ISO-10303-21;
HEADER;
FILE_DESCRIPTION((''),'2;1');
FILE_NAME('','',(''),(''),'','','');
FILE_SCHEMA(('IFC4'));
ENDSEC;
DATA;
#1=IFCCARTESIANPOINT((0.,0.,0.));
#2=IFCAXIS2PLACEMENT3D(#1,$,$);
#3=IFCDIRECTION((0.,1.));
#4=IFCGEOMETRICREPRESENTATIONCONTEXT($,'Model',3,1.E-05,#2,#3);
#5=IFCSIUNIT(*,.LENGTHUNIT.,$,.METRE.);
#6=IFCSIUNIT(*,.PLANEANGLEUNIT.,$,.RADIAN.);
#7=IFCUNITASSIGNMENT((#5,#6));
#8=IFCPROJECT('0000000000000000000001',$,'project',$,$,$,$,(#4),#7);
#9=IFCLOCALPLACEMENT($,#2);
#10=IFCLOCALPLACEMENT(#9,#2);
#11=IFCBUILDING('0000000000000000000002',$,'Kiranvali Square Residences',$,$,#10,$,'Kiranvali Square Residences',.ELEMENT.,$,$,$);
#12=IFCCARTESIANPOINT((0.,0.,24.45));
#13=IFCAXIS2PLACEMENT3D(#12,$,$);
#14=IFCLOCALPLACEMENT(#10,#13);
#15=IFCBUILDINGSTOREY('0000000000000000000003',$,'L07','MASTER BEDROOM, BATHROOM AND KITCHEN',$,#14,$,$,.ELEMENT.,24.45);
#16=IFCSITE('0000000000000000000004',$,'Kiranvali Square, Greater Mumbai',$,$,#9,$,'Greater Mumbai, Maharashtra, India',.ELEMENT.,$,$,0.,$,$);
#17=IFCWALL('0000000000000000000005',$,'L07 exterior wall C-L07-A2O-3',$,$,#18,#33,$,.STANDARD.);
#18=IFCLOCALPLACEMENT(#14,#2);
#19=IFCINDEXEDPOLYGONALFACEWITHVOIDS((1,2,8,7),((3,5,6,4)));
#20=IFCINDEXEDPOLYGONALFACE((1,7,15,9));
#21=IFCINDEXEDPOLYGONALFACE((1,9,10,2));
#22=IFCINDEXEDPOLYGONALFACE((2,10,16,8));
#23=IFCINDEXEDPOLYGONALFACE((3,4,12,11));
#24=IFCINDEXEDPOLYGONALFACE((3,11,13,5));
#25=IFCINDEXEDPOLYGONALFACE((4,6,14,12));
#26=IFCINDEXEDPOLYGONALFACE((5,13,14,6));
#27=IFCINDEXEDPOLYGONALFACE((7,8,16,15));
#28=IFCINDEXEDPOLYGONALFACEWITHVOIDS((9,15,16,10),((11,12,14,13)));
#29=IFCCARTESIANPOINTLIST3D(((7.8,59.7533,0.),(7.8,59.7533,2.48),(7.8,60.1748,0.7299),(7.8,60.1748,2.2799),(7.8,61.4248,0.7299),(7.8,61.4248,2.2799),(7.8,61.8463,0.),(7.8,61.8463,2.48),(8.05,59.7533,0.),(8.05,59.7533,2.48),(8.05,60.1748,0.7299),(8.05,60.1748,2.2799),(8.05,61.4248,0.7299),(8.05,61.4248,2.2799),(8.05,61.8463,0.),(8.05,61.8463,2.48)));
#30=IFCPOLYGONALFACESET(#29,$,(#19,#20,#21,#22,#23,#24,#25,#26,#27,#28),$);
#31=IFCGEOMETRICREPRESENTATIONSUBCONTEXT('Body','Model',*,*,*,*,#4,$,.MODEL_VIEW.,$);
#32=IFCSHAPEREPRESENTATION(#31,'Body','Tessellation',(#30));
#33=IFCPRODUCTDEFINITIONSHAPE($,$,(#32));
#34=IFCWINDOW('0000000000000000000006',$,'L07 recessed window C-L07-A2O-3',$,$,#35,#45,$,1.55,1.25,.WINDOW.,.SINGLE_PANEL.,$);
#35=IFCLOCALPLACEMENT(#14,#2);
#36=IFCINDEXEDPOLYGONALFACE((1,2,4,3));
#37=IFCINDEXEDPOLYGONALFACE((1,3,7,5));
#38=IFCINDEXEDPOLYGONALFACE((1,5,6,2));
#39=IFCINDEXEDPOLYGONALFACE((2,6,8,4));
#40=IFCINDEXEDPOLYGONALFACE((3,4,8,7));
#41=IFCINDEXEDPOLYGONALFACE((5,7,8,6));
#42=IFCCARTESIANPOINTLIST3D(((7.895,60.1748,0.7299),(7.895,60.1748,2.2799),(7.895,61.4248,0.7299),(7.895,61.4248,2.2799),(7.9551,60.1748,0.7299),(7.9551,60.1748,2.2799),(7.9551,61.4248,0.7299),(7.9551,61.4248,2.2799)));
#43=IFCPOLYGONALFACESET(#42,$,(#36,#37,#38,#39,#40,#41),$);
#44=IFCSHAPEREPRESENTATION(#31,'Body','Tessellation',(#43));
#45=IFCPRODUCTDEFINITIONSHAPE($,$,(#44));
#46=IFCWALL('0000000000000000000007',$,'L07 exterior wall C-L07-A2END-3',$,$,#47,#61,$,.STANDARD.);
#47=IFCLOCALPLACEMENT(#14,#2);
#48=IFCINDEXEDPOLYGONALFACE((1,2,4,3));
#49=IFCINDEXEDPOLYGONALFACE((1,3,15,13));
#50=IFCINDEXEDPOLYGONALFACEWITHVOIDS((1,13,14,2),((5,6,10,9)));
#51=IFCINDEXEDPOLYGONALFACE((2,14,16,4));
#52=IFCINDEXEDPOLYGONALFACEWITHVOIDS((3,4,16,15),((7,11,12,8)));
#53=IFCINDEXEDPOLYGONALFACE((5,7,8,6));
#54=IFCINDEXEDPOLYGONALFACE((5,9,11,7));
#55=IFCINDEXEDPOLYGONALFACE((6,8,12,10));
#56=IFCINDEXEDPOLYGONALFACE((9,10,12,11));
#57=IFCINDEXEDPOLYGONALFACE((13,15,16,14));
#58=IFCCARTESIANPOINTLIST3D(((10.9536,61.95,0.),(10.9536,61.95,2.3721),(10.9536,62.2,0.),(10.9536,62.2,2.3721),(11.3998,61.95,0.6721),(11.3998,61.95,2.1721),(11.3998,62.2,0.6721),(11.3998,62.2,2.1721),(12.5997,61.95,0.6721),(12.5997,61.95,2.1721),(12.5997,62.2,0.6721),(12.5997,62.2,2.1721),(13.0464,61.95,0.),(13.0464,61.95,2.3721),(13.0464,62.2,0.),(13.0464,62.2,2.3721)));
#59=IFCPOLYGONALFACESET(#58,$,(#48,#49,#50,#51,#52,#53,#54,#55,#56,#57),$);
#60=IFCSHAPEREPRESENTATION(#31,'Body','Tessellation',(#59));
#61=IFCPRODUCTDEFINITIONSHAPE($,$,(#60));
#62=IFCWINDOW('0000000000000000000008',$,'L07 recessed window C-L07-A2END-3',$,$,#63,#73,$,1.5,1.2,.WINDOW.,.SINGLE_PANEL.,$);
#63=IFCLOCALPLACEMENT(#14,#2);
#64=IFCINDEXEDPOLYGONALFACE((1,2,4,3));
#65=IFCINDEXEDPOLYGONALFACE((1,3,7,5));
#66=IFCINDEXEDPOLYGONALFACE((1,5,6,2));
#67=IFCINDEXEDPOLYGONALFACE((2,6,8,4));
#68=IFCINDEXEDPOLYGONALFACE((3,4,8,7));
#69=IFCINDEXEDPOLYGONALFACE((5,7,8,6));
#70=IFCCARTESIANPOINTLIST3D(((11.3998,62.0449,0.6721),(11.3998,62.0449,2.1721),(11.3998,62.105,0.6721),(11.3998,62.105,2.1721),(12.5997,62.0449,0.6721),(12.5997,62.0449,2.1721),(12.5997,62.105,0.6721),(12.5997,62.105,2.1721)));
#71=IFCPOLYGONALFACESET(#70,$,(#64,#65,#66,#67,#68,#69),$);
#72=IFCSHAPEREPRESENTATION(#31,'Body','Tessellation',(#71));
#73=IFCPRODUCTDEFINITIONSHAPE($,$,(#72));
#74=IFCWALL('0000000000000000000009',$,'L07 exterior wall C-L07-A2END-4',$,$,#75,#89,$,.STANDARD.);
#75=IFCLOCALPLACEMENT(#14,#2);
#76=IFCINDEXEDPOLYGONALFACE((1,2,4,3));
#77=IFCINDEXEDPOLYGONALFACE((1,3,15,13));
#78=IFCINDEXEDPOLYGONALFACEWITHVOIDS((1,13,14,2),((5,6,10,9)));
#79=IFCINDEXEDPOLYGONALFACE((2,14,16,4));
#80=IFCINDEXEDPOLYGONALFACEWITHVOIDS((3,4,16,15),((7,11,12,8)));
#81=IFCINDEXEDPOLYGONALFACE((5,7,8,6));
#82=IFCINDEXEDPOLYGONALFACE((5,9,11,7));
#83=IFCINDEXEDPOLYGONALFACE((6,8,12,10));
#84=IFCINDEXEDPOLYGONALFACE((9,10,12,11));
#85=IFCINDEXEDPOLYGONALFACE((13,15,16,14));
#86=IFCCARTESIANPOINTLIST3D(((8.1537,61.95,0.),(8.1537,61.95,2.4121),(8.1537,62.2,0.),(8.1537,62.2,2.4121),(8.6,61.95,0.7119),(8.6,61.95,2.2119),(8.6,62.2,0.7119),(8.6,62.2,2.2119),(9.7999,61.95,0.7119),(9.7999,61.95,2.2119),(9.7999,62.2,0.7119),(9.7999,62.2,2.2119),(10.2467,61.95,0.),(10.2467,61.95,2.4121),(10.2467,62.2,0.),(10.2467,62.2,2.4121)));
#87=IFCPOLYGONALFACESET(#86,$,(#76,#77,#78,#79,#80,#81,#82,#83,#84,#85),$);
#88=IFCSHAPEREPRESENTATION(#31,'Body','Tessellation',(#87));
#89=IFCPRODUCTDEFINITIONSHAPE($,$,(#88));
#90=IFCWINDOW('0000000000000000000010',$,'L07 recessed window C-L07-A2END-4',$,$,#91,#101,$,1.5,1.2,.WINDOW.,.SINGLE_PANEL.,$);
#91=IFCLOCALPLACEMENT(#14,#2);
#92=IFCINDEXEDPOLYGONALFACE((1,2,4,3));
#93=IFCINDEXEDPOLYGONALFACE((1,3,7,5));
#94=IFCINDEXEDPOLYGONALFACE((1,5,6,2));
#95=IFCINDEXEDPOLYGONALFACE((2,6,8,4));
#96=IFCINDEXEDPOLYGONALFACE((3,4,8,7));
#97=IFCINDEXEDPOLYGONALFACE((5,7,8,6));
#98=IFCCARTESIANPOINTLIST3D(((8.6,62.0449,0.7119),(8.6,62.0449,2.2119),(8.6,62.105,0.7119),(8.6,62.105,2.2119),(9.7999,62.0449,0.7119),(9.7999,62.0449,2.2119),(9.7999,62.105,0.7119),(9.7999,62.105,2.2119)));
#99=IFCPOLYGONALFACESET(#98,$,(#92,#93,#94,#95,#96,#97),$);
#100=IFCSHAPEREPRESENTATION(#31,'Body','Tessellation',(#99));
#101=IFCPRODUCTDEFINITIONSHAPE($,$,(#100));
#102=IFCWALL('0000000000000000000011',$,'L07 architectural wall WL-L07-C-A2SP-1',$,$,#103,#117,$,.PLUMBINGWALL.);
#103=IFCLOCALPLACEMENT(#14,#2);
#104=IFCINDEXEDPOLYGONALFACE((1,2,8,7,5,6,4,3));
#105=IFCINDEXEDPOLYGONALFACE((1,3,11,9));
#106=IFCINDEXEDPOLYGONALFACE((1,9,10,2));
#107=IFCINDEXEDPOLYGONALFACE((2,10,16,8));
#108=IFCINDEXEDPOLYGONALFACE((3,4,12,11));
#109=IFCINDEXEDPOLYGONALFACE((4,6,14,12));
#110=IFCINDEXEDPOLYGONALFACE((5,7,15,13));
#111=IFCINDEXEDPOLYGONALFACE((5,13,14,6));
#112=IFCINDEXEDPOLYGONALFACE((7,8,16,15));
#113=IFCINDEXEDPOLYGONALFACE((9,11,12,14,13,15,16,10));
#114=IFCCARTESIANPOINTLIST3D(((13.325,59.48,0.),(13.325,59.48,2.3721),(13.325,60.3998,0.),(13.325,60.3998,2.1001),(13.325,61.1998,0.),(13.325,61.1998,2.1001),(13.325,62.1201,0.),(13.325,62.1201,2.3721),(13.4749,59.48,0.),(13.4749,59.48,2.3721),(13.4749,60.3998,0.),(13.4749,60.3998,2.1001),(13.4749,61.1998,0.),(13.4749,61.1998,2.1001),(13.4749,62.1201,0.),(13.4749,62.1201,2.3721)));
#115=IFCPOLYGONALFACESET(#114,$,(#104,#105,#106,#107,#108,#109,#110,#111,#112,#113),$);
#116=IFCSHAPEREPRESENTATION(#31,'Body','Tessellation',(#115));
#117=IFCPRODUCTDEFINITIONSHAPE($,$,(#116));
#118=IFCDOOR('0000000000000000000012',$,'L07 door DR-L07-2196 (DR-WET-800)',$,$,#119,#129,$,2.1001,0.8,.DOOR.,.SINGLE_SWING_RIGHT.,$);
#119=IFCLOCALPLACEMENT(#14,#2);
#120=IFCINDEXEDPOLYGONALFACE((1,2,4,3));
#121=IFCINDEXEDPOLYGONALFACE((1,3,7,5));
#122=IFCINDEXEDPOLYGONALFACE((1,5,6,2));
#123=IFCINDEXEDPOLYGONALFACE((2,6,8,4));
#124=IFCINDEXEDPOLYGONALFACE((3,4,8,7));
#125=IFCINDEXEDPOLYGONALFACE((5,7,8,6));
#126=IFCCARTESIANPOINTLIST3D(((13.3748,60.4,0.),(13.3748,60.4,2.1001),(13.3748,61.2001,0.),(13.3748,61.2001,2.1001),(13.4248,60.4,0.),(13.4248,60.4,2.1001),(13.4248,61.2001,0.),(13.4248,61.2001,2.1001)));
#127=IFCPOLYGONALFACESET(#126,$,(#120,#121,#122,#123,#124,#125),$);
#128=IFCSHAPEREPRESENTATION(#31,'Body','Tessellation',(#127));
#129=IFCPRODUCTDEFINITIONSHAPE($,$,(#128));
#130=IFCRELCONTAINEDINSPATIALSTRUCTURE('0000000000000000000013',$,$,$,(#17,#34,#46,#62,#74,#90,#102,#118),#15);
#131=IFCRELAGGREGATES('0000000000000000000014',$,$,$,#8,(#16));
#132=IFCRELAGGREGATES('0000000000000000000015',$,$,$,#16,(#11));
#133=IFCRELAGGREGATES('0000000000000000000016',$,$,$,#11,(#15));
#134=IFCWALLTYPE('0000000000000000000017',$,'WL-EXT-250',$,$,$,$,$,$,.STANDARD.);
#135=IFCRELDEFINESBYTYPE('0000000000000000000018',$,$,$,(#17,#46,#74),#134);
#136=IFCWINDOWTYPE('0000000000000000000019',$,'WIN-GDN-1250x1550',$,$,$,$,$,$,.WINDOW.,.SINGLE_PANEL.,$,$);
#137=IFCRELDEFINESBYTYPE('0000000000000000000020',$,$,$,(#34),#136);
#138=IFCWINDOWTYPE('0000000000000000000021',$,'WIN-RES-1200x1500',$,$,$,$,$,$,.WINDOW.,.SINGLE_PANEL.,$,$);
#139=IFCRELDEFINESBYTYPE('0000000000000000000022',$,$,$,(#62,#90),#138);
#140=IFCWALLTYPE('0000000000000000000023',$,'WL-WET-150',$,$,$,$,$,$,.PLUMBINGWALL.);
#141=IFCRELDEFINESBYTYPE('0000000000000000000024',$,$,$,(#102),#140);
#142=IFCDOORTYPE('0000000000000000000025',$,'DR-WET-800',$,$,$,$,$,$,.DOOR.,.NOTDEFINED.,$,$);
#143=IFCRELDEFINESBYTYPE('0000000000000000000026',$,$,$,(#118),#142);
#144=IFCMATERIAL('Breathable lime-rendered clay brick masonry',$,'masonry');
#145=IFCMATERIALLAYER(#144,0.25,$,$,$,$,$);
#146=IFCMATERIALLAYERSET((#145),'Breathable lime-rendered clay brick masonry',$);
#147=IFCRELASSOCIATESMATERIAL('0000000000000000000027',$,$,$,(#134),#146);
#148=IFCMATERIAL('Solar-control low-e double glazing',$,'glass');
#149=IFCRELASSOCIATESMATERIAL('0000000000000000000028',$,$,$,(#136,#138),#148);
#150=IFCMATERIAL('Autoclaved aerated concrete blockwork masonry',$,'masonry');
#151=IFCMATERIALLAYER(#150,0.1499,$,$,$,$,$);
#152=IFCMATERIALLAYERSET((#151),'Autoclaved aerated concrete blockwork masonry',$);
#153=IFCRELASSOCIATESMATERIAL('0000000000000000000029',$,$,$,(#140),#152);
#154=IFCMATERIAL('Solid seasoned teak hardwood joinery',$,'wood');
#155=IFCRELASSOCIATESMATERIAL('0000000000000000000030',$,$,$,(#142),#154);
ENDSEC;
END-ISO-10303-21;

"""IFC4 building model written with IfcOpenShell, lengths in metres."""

from ifc_helpers import new_model, si_unit, direction, frame, frame_2d, origin, place, context, subcontext, project, spatial, rectangle, extrude, material, layer, layer_set, type_object, element, fill, save


model = new_model("IFC4")

# Units and contexts
model_context = context("Model", 3, precision=1e-05, world=origin(), true_north=direction((0.0, 1.0)))
body_context = subcontext(model_context, "Body", "Model", "MODEL_VIEW")
ifc_project = project(units=[si_unit("LENGTHUNIT", "METRE"), si_unit("PLANEANGLEUNIT", "RADIAN")], contexts=[model_context])

# Site, building, storey
site_placement = place(None, origin())
site = spatial("IfcSite", under=ifc_project, at=site_placement, Name="Kiranvali Square, Greater Mumbai", LongName="Greater Mumbai, Maharashtra, India", CompositionType="ELEMENT", RefElevation=0.0)
building_placement = place(site_placement, origin())
building = spatial("IfcBuilding", under=site, at=building_placement, Name="Kiranvali Square Residences", LongName="Kiranvali Square Residences", CompositionType="ELEMENT")
storey_placement = place(building_placement, frame((0.0, 0.0, 24.45)))
storey = spatial("IfcBuildingStorey", under=building, at=storey_placement, Name="L07", Description="MASTER BEDROOM, BATHROOM AND KITCHEN", CompositionType="ELEMENT", Elevation=24.45)

# Walls, openings, windows
ifc_material_1 = material(Name="Breathable lime-rendered clay brick masonry", Category="masonry")
ifc_layer_1 = layer(ifc_material_1, 0.25)
ifc_layer_set_1 = layer_set([ifc_layer_1], Name="Breathable lime-rendered clay brick masonry")
wall_type_1 = type_object("IfcWallType", Name="WL-EXT-250", PredefinedType="STANDARD", material=ifc_layer_set_1)
wall_1_placement = place(storey_placement, frame((7.925, 59.7534, 0.0), z_axis=(0.0, 0.0, 1.0), x_axis=(0.0, 1.0, 0.0)))
wall_1 = element("IfcWall", 1, at=wall_1_placement, inside=storey, type_object=wall_type_1, Name="L07 exterior wall C-L07-A2O-3", PredefinedType="STANDARD", context=body_context, shape_type="SweptSolid", body=[
    extrude(rectangle(XDim=2.093, YDim=0.25, at=frame_2d((1.0464, 0.0))), origin(), (0.0, 0.0, 1.0), 2.48),
])
opening_1_placement = place(wall_1_placement, frame((0.4214, 0.0, 0.73)))
opening_1 = element("IfcOpeningElement", 2, at=opening_1_placement, cuts=wall_1, PredefinedType="OPENING", context=body_context, shape_type="SweptSolid", body=[
    extrude(rectangle(XDim=1.25, YDim=1.55, at=frame_2d((0.625, 0.7749))), frame((0.0, 0.135, 0.0), z_axis=(0.0, -1.0, 0.0), x_axis=(1.0, 0.0, 0.0)), (0.0, 0.0, 1.0), 0.27),
])
ifc_material_2 = material(Name="Solar-control low-e double glazing", Category="glass")
window_type_1 = type_object("IfcWindowType", Name="WIN-GDN-1250x1550", PartitioningType="SINGLE_PANEL", PredefinedType="WINDOW", material=ifc_material_2)
window_1_placement = place(opening_1_placement, origin())
window_1 = element("IfcWindow", 3, at=window_1_placement, inside=storey, type_object=window_type_1, Name="L07 recessed window C-L07-A2O-3", OverallHeight=1.55, OverallWidth=1.25, PartitioningType="SINGLE_PANEL", PredefinedType="WINDOW", context=body_context, shape_type="SweptSolid", body=[
    extrude(rectangle(XDim=1.25, YDim=1.55, at=frame_2d((0.625, 0.7749))), frame((0.0, 0.03, 0.0), z_axis=(0.0, -1.0, 0.0), x_axis=(1.0, 0.0, 0.0)), (0.0, 0.0, 1.0), 0.0601),
])
fill(opening_1, window_1)
wall_2_placement = place(storey_placement, frame((13.0464, 62.075, 0.0), z_axis=(0.0, 0.0, 1.0), x_axis=(-1.0, 0.0, 0.0)))
wall_2 = element("IfcWall", 4, at=wall_2_placement, inside=storey, type_object=wall_type_1, Name="L07 exterior wall C-L07-A2END-3", PredefinedType="STANDARD", context=body_context, shape_type="SweptSolid", body=[
    extrude(rectangle(XDim=2.0928, YDim=0.25, at=frame_2d((1.0464, 0.0))), origin(), (0.0, 0.0, 1.0), 2.3721),
])
opening_2_placement = place(wall_2_placement, frame((0.4465, 0.0, 0.6721)))
opening_2 = element("IfcOpeningElement", 5, at=opening_2_placement, cuts=wall_2, PredefinedType="OPENING", context=body_context, shape_type="SweptSolid", body=[
    extrude(rectangle(XDim=1.2, YDim=1.5, at=frame_2d((0.6001, 0.75))), frame((0.0, 0.135, 0.0), z_axis=(0.0, -1.0, 0.0), x_axis=(1.0, 0.0, 0.0)), (0.0, 0.0, 1.0), 0.27),
])
window_type_2 = type_object("IfcWindowType", Name="WIN-RES-1200x1500", PartitioningType="SINGLE_PANEL", PredefinedType="WINDOW", material=ifc_material_2)
window_2_placement = place(opening_2_placement, origin())
window_2 = element("IfcWindow", 6, at=window_2_placement, inside=storey, type_object=window_type_2, Name="L07 recessed window C-L07-A2END-3", OverallHeight=1.5, OverallWidth=1.2, PartitioningType="SINGLE_PANEL", PredefinedType="WINDOW", context=body_context, shape_type="SweptSolid", body=[
    extrude(rectangle(XDim=1.2, YDim=1.5, at=frame_2d((0.6001, 0.75))), frame((0.0, 0.03, 0.0), z_axis=(0.0, -1.0, 0.0), x_axis=(1.0, 0.0, 0.0)), (0.0, 0.0, 1.0), 0.0601),
])
fill(opening_2, window_2)
wall_3_placement = place(storey_placement, frame((10.2466, 62.075, 0.0), z_axis=(0.0, 0.0, 1.0), x_axis=(-1.0, 0.0, 0.0)))
wall_3 = element("IfcWall", 7, at=wall_3_placement, inside=storey, type_object=wall_type_1, Name="L07 exterior wall C-L07-A2END-4", PredefinedType="STANDARD", context=body_context, shape_type="SweptSolid", body=[
    extrude(rectangle(XDim=2.093, YDim=0.25, at=frame_2d((1.0464, 0.0))), origin(), (0.0, 0.0, 1.0), 2.4121),
])
opening_3_placement = place(wall_3_placement, frame((0.4465, 0.0, 0.7119)))
opening_3 = element("IfcOpeningElement", 8, at=opening_3_placement, cuts=wall_3, PredefinedType="OPENING", context=body_context, shape_type="SweptSolid", body=[
    extrude(rectangle(XDim=1.2, YDim=1.5, at=frame_2d((0.6001, 0.75))), frame((0.0, 0.135, 0.0), z_axis=(0.0, -1.0, 0.0), x_axis=(1.0, 0.0, 0.0)), (0.0, 0.0, 1.0), 0.27),
])
window_3_placement = place(opening_3_placement, origin())
window_3 = element("IfcWindow", 9, at=window_3_placement, inside=storey, type_object=window_type_2, Name="L07 recessed window C-L07-A2END-4", OverallHeight=1.5, OverallWidth=1.2, PartitioningType="SINGLE_PANEL", PredefinedType="WINDOW", context=body_context, shape_type="SweptSolid", body=[
    extrude(rectangle(XDim=1.2, YDim=1.5, at=frame_2d((0.6001, 0.75))), frame((0.0, 0.03, 0.0), z_axis=(0.0, -1.0, 0.0), x_axis=(1.0, 0.0, 0.0)), (0.0, 0.0, 1.0), 0.0601),
])
fill(opening_3, window_3)

# Wall, opening, door
ifc_material_3 = material(Name="Autoclaved aerated concrete blockwork masonry", Category="masonry")
ifc_layer_2 = layer(ifc_material_3, 0.1499)
ifc_layer_set_2 = layer_set([ifc_layer_2], Name="Autoclaved aerated concrete blockwork masonry")
wall_type_2 = type_object("IfcWallType", Name="WL-WET-150", PredefinedType="PLUMBINGWALL", material=ifc_layer_set_2)
wall_4_placement = place(storey_placement, frame((13.3999, 59.48, 0.0), z_axis=(0.0, 0.0, 1.0), x_axis=(0.0, 1.0, 0.0)))
wall_4 = element("IfcWall", 10, at=wall_4_placement, inside=storey, type_object=wall_type_2, Name="L07 architectural wall WL-L07-C-A2SP-1", PredefinedType="PLUMBINGWALL", context=body_context, shape_type="SweptSolid", body=[
    extrude(rectangle(XDim=2.6401, YDim=0.1499, at=frame_2d((1.3201, 0.0))), origin(), (0.0, 0.0, 1.0), 2.3721),
])
opening_4_placement = place(wall_4_placement, frame((0.9199, 0.0, 0.0)))
opening_4 = element("IfcOpeningElement", 11, at=opening_4_placement, cuts=wall_4, PredefinedType="OPENING", context=body_context, shape_type="SweptSolid", body=[
    extrude(rectangle(XDim=0.8, YDim=2.1001, at=frame_2d((0.3999, 1.05))), frame((0.0, 0.085, 0.0), z_axis=(0.0, -1.0, 0.0), x_axis=(1.0, 0.0, 0.0)), (0.0, 0.0, 1.0), 0.1699),
])
ifc_material_4 = material(Name="Solid seasoned teak hardwood joinery", Category="wood")
door_type = type_object("IfcDoorType", Name="DR-WET-800", OperationType="NOTDEFINED", PredefinedType="DOOR", material=ifc_material_4)
door_placement = place(opening_4_placement, frame((0.8, 0.0, 0.0), z_axis=(0.0, 0.0, 1.0), x_axis=(-1.0, 0.0, 0.0)))
door = element("IfcDoor", 12, at=door_placement, inside=storey, type_object=door_type, Name="L07 door DR-L07-2196 (DR-WET-800)", OperationType="SINGLE_SWING_RIGHT", OverallHeight=2.1001, OverallWidth=0.8, PredefinedType="DOOR", context=body_context, shape_type="SweptSolid", body=[
    extrude(rectangle(XDim=0.8, YDim=2.1001, at=frame_2d((0.3999, 1.05))), frame((0.0, 0.0249, 0.0), z_axis=(0.0, -1.0, 0.0), x_axis=(1.0, 0.0, 0.0)), (0.0, 0.0, 1.0), 0.05),
])
fill(opening_4, door)

save(model, "model.ifc")
